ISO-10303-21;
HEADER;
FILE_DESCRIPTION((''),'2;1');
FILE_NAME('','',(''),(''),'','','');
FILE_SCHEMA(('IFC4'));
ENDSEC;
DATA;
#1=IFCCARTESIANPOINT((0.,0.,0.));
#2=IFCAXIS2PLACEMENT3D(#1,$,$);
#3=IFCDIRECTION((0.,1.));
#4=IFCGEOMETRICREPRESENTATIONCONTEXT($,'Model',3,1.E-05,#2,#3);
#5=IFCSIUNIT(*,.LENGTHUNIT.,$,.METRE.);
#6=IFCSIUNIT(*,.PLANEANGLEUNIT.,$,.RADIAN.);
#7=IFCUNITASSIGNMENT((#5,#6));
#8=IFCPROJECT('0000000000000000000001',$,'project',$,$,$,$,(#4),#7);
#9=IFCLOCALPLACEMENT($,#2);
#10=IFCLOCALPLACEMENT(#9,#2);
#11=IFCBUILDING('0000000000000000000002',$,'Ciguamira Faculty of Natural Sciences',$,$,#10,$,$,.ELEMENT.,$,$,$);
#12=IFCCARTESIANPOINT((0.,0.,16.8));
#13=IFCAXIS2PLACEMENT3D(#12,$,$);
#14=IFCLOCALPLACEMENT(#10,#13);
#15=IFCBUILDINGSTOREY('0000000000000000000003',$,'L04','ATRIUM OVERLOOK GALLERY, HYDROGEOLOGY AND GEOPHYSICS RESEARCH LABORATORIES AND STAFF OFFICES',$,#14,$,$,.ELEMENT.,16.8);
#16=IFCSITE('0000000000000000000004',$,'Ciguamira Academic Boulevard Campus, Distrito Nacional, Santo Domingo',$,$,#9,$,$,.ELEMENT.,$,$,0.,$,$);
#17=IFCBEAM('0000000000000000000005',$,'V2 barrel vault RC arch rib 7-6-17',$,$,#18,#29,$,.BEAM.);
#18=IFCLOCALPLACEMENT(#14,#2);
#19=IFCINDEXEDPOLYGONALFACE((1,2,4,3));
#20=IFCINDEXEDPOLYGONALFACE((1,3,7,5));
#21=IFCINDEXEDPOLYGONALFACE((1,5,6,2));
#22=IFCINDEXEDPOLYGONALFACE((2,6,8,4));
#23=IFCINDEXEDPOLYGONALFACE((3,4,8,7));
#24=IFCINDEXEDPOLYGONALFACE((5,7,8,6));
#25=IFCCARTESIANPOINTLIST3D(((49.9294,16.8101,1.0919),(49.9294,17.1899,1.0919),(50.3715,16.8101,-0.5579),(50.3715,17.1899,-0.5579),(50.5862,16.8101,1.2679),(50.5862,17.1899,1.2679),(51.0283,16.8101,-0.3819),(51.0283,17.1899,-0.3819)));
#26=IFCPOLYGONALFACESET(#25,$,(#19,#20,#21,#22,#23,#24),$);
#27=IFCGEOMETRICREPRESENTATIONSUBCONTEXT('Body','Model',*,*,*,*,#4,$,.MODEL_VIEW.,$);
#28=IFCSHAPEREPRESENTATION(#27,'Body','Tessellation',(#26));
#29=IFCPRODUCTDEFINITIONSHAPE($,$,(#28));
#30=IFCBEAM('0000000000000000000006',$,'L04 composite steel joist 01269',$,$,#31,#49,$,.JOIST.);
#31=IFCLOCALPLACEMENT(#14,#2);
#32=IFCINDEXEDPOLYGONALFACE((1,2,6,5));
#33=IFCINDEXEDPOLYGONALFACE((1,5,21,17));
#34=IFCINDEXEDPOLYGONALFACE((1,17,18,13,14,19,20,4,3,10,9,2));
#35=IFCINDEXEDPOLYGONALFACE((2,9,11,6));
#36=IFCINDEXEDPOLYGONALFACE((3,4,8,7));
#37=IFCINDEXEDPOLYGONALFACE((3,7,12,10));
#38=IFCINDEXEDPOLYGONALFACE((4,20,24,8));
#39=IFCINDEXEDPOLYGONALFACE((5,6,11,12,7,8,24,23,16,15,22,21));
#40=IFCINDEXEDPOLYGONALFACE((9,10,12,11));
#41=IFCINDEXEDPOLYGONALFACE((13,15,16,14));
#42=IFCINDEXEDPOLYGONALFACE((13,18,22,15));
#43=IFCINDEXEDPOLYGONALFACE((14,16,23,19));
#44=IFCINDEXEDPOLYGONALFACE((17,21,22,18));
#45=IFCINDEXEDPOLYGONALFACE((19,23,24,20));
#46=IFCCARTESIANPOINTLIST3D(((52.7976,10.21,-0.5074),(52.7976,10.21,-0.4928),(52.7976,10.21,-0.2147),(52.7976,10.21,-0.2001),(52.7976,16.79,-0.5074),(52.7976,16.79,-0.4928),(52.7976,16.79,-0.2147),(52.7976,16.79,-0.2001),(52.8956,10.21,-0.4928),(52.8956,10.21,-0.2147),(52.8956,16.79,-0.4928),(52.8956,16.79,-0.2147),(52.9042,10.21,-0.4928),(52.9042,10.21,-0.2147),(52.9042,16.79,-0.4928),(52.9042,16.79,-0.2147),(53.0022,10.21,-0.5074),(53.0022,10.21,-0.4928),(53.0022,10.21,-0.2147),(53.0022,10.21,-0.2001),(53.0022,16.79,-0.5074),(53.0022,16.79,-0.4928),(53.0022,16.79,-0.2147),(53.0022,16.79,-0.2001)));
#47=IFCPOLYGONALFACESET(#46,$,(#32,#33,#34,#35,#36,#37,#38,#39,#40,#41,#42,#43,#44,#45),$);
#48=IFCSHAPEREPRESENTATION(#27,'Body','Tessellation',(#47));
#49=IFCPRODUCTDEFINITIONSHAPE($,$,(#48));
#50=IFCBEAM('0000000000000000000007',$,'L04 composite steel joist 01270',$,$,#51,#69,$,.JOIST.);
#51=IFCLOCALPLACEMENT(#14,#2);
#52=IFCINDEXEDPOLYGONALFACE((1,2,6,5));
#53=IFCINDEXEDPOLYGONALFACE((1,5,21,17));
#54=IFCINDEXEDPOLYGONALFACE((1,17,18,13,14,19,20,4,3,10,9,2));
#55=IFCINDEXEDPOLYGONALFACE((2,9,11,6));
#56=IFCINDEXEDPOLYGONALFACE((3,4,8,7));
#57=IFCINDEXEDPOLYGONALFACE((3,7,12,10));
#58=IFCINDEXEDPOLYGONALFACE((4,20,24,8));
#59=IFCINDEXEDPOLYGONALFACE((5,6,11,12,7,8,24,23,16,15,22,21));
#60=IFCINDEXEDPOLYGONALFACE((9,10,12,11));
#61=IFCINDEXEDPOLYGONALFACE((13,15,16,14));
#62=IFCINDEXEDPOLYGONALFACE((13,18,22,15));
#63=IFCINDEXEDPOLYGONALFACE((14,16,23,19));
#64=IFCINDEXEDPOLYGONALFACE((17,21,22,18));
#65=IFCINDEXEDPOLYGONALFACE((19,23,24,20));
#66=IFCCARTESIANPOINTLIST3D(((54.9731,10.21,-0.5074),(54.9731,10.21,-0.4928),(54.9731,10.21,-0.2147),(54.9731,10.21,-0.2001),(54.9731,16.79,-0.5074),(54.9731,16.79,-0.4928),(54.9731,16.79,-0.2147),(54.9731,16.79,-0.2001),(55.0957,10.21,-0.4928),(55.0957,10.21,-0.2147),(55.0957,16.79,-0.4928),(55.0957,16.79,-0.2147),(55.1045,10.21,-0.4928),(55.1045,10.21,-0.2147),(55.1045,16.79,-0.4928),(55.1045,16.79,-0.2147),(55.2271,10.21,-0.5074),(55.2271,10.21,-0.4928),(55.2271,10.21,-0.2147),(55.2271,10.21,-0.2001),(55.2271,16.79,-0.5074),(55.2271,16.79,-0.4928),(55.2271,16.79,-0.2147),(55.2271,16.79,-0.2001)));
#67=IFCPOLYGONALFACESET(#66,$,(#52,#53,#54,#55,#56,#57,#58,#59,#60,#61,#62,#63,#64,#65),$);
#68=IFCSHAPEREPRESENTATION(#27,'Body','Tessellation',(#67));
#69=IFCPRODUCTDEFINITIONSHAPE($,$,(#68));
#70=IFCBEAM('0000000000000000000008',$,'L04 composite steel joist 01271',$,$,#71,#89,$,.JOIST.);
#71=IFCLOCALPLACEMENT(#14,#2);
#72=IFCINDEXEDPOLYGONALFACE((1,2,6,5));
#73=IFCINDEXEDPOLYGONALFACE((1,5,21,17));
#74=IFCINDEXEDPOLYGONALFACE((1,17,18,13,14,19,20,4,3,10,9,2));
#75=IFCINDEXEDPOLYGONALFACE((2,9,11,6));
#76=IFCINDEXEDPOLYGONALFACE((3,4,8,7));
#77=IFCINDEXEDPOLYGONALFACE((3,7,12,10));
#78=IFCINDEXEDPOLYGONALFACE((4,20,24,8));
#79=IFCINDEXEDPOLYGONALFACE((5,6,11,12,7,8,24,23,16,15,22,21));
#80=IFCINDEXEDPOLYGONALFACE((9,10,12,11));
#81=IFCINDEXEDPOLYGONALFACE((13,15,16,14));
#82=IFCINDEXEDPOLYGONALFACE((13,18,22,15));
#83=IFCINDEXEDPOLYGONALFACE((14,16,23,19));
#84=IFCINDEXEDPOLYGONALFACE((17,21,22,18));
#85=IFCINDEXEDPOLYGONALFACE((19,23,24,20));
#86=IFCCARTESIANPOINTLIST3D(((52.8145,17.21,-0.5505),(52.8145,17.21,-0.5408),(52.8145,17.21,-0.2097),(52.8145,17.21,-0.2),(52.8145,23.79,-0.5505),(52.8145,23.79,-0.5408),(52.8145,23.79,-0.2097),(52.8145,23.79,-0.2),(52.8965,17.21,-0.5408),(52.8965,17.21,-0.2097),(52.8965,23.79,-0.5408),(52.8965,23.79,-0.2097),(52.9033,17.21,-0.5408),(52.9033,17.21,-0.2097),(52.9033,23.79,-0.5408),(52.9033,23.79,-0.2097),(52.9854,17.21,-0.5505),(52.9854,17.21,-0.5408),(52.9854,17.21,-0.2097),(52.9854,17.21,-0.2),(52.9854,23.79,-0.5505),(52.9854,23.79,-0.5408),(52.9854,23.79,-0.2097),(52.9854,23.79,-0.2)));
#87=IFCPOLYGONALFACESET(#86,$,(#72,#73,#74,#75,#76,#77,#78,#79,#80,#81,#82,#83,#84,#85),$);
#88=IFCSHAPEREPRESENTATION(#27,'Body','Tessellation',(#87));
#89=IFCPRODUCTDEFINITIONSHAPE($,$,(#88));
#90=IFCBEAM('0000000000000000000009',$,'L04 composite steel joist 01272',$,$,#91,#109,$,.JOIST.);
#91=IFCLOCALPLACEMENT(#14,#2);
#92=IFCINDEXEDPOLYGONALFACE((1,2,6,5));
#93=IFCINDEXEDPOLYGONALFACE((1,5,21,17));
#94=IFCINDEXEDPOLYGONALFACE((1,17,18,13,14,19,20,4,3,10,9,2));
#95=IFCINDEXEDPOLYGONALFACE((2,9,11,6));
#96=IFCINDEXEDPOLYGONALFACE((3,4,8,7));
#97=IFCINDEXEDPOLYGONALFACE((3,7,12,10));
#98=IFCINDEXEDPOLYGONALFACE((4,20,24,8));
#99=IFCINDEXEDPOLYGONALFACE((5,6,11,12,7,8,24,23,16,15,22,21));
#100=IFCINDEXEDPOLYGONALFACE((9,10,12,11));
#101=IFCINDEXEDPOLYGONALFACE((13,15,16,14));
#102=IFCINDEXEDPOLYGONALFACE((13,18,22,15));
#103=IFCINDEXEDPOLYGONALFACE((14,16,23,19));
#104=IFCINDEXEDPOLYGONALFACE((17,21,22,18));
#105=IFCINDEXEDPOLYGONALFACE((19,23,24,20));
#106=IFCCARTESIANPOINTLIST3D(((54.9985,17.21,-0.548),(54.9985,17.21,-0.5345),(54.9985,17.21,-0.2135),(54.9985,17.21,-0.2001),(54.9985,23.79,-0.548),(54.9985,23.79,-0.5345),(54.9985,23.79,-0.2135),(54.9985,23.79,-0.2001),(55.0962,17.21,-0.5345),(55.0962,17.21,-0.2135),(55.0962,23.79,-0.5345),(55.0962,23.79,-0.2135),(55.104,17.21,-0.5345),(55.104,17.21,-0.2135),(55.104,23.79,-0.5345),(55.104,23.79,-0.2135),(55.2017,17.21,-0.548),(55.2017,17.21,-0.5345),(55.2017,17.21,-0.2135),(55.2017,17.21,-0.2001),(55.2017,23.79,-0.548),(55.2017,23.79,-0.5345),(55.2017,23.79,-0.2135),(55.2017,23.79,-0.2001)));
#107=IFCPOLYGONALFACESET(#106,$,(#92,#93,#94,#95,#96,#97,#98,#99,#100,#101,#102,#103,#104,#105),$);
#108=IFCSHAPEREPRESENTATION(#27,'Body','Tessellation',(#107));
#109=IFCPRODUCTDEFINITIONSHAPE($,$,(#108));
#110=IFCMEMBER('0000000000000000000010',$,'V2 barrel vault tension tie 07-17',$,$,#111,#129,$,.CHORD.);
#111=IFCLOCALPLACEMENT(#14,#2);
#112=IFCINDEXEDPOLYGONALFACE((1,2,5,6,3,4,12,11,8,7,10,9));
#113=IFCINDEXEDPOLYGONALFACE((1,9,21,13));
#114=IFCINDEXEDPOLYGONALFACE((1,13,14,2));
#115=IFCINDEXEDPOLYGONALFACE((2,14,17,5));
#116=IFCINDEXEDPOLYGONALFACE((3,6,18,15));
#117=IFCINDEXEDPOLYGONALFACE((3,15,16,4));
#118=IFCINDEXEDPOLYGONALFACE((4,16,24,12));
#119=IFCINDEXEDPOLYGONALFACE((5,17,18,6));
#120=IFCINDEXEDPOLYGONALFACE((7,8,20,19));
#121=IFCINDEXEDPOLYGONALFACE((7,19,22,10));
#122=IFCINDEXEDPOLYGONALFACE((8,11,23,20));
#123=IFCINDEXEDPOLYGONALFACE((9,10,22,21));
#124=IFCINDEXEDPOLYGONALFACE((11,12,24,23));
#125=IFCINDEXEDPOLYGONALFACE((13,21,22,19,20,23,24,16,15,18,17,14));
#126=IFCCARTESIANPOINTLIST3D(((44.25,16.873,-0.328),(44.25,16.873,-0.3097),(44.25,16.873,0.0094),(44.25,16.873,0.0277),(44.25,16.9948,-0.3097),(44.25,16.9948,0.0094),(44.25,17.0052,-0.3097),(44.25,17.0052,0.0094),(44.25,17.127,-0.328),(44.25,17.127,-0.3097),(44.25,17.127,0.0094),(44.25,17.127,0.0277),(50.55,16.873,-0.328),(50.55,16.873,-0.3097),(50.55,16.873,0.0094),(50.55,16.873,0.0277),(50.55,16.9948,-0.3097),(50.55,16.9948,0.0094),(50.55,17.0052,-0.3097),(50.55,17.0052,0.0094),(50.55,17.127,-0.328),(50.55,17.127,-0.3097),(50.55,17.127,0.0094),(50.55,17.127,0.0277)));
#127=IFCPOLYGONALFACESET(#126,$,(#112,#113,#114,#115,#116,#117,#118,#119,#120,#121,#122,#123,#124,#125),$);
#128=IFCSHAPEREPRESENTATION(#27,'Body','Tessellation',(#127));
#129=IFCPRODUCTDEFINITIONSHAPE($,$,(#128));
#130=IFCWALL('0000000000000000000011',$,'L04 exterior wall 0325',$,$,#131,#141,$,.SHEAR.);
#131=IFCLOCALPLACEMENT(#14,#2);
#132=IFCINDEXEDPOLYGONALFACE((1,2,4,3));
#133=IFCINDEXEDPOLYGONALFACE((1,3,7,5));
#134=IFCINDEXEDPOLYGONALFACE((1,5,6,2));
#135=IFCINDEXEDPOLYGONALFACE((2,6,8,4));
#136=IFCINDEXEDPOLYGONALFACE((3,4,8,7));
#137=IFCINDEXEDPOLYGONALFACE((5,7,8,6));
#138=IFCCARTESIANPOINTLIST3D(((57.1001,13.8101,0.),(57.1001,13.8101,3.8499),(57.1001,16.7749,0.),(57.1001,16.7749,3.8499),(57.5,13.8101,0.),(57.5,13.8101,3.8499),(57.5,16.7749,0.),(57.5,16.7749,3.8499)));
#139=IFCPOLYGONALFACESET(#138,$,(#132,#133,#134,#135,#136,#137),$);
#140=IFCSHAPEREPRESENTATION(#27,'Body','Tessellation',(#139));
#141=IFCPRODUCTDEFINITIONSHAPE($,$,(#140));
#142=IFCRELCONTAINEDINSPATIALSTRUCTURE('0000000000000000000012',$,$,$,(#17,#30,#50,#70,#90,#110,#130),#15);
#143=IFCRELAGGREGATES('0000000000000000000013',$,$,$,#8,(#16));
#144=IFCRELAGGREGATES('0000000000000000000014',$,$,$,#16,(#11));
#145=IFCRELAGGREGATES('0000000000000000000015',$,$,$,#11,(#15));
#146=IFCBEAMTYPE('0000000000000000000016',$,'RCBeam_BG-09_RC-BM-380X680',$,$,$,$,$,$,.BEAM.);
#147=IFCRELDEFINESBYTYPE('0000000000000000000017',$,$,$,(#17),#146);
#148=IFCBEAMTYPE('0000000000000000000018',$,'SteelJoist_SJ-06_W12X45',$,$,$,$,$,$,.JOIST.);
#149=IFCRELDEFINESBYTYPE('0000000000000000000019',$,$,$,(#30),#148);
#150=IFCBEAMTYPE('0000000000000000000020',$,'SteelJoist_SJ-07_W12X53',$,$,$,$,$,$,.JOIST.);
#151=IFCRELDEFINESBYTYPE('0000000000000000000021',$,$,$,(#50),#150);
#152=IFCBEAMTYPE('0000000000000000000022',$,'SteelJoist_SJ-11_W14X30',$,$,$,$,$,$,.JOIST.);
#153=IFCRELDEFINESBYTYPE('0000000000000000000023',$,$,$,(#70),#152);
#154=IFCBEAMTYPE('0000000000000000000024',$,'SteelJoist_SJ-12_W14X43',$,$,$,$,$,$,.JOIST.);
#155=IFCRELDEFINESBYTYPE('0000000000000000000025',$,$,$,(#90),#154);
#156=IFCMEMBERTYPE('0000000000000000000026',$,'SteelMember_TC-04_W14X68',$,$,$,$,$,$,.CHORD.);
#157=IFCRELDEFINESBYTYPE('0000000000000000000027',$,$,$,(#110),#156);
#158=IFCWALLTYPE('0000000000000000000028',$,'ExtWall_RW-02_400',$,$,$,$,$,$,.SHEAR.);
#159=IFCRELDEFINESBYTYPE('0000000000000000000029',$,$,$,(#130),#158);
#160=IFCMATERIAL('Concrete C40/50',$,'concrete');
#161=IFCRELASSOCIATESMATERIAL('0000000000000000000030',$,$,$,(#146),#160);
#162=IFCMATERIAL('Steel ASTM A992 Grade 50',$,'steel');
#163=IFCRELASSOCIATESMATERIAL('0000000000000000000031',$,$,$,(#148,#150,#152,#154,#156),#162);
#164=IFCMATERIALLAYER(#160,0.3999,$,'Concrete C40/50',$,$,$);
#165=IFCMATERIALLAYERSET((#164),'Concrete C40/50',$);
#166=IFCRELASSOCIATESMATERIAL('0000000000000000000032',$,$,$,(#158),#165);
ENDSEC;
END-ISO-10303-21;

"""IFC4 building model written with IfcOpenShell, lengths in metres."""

from ifc_helpers import new_model, si_unit, direction, frame, frame_2d, origin, origin_2d, place, context, subcontext, project, spatial, rectangle, i_section, extrude, material, layer, layer_set, material_profile, profile_set, type_object, element, save


model = new_model("IFC4")

# Units and contexts
model_context = context("Model", 3, precision=1e-05, world=origin(), true_north=direction((0.0, 1.0)))
body_context = subcontext(model_context, "Body", "Model", "MODEL_VIEW")
ifc_project = project(units=[si_unit("LENGTHUNIT", "METRE"), si_unit("PLANEANGLEUNIT", "RADIAN")], contexts=[model_context])

# Site, building, storey
site_placement = place(None, origin())
site = spatial("IfcSite", under=ifc_project, at=site_placement, Name="Ciguamira Academic Boulevard Campus, Distrito Nacional, Santo Domingo", CompositionType="ELEMENT", RefElevation=0.0)
building_placement = place(site_placement, origin())
building = spatial("IfcBuilding", under=site, at=building_placement, Name="Ciguamira Faculty of Natural Sciences", CompositionType="ELEMENT")
storey_placement = place(building_placement, frame((0.0, 0.0, 16.8)))
storey = spatial("IfcBuildingStorey", under=building, at=storey_placement, Name="L04", Description="ATRIUM OVERLOOK GALLERY, HYDROGEOLOGY AND GEOPHYSICS RESEARCH LABORATORIES AND STAFF OFFICES", CompositionType="ELEMENT", Elevation=16.8)

# Shared definitions
ifc_material_1 = material(Name="Concrete C40/50", Category="concrete")

# Beams
ifc_material_profile_1 = material_profile(ifc_material_1, rectangle(XDim=0.3799, YDim=0.6799, at=origin_2d()), Name="RC-BM-380X680")
ifc_profile_set_1 = profile_set([ifc_material_profile_1], Name="Concrete C40/50")
beam_type_1 = type_object("IfcBeamType", Name="RCBeam_BG-09_RC-BM-380X680", PredefinedType="BEAM", material=ifc_profile_set_1)
beam_1_placement = place(storey_placement, frame((50.2578, 17.0, 1.1799), z_axis=(0.258846, 0.0, -0.965919), x_axis=(0.0, 1.0, 0.0)))
element("IfcBeam", 1, at=beam_1_placement, inside=storey, type_object=beam_type_1, Name="V2 barrel vault RC arch rib 7-6-17", PredefinedType="BEAM", context=body_context, shape_type="SweptSolid", body=[
    extrude(rectangle(XDim=0.3799, YDim=0.6799, at=origin_2d()), origin(), (0.0, 0.0, 1.0), 1.708),
])
ifc_material_2 = material(Name="Steel ASTM A992 Grade 50", Category="steel")
ifc_material_profile_2 = material_profile(ifc_material_2, i_section(OverallWidth=0.2046, OverallDepth=0.3074, WebThickness=0.0085, FlangeThickness=0.0146, at=origin_2d()), Name="W12X45")
ifc_profile_set_2 = profile_set([ifc_material_profile_2], Name="Steel ASTM A992 Grade 50")
beam_type_2 = type_object("IfcBeamType", Name="SteelJoist_SJ-06_W12X45", PredefinedType="JOIST", material=ifc_profile_set_2)
beam_2_placement = place(storey_placement, frame((52.8999, 10.21, -0.3538), z_axis=(0.0, 1.0, 0.0), x_axis=(-1.0, 0.0, 0.0)))
element("IfcBeam", 2, at=beam_2_placement, inside=storey, type_object=beam_type_2, Name="L04 composite steel joist 01269", PredefinedType="JOIST", context=body_context, shape_type="SweptSolid", body=[
    extrude(i_section(OverallWidth=0.2046, OverallDepth=0.3074, WebThickness=0.0085, FlangeThickness=0.0146, at=origin_2d()), origin(), (0.0, 0.0, 1.0), 6.5801),
])
ifc_material_profile_3 = material_profile(ifc_material_2, i_section(OverallWidth=0.2539, OverallDepth=0.3074, WebThickness=0.0088, FlangeThickness=0.0146, at=origin_2d()), Name="W12X53")
ifc_profile_set_3 = profile_set([ifc_material_profile_3], Name="Steel ASTM A992 Grade 50")
beam_type_3 = type_object("IfcBeamType", Name="SteelJoist_SJ-07_W12X53", PredefinedType="JOIST", material=ifc_profile_set_3)
beam_3_placement = place(storey_placement, frame((55.1001, 10.21, -0.3538), z_axis=(0.0, 1.0, 0.0), x_axis=(-1.0, 0.0, 0.0)))
element("IfcBeam", 3, at=beam_3_placement, inside=storey, type_object=beam_type_3, Name="L04 composite steel joist 01270", PredefinedType="JOIST", context=body_context, shape_type="SweptSolid", body=[
    extrude(i_section(OverallWidth=0.2539, OverallDepth=0.3074, WebThickness=0.0088, FlangeThickness=0.0146, at=origin_2d()), origin(), (0.0, 0.0, 1.0), 6.5801),
])
ifc_material_profile_4 = material_profile(ifc_material_2, i_section(OverallWidth=0.1709, OverallDepth=0.3506, WebThickness=0.0068, FlangeThickness=0.0098, at=origin_2d()), Name="W14X30")
ifc_profile_set_4 = profile_set([ifc_material_profile_4], Name="Steel ASTM A992 Grade 50")
beam_type_4 = type_object("IfcBeamType", Name="SteelJoist_SJ-11_W14X30", PredefinedType="JOIST", material=ifc_profile_set_4)
beam_4_placement = place(storey_placement, frame((52.8999, 17.21, -0.3752), z_axis=(0.0, 1.0, 0.0), x_axis=(-1.0, 0.0, 0.0)))
element("IfcBeam", 4, at=beam_4_placement, inside=storey, type_object=beam_type_4, Name="L04 composite steel joist 01271", PredefinedType="JOIST", context=body_context, shape_type="SweptSolid", body=[
    extrude(i_section(OverallWidth=0.1709, OverallDepth=0.3506, WebThickness=0.0068, FlangeThickness=0.0098, at=origin_2d()), origin(), (0.0, 0.0, 1.0), 6.5801),
])
ifc_material_profile_5 = material_profile(ifc_material_2, i_section(OverallWidth=0.2031, OverallDepth=0.3479, WebThickness=0.0078, FlangeThickness=0.0134, at=origin_2d()), Name="W14X43")
ifc_profile_set_5 = profile_set([ifc_material_profile_5], Name="Steel ASTM A992 Grade 50")
beam_type_5 = type_object("IfcBeamType", Name="SteelJoist_SJ-12_W14X43", PredefinedType="JOIST", material=ifc_profile_set_5)
beam_5_placement = place(storey_placement, frame((55.1001, 17.21, -0.374), z_axis=(0.0, 1.0, 0.0), x_axis=(-1.0, 0.0, 0.0)))
element("IfcBeam", 5, at=beam_5_placement, inside=storey, type_object=beam_type_5, Name="L04 composite steel joist 01272", PredefinedType="JOIST", context=body_context, shape_type="SweptSolid", body=[
    extrude(i_section(OverallWidth=0.2031, OverallDepth=0.3479, WebThickness=0.0078, FlangeThickness=0.0134, at=origin_2d()), origin(), (0.0, 0.0, 1.0), 6.5801),
])

# Member
ifc_material_profile_6 = material_profile(ifc_material_2, i_section(OverallWidth=0.2539, OverallDepth=0.3557, WebThickness=0.0105, FlangeThickness=0.0183, at=origin_2d()), Name="W14X68")
ifc_profile_set_6 = profile_set([ifc_material_profile_6], Name="Steel ASTM A992 Grade 50")
member_type = type_object("IfcMemberType", Name="SteelMember_TC-04_W14X68", PredefinedType="CHORD", material=ifc_profile_set_6)
member_placement = place(storey_placement, frame((44.25, 17.0, -0.1501), z_axis=(1.0, 0.0, 0.0), x_axis=(0.0, 1.0, 0.0)))
element("IfcMember", 6, at=member_placement, inside=storey, type_object=member_type, Name="V2 barrel vault tension tie 07-17", PredefinedType="CHORD", context=body_context, shape_type="SweptSolid", body=[
    extrude(i_section(OverallWidth=0.2539, OverallDepth=0.3557, WebThickness=0.0105, FlangeThickness=0.0183, at=origin_2d()), origin(), (0.0, 0.0, 1.0), 6.3),
])

# Wall
ifc_layer_1 = layer(ifc_material_1, 0.3999, Name="Concrete C40/50")
ifc_layer_set_1 = layer_set([ifc_layer_1], Name="Concrete C40/50")
wall_type_1 = type_object("IfcWallType", Name="ExtWall_RW-02_400", PredefinedType="SHEAR", material=ifc_layer_set_1)
wall_1_placement = place(storey_placement, frame((57.3, 13.8101, 0.0), z_axis=(0.0, 0.0, 1.0), x_axis=(0.0, 1.0, 0.0)))
element("IfcWall", 7, at=wall_1_placement, inside=storey, type_object=wall_type_1, Name="L04 exterior wall 0325", PredefinedType="SHEAR", context=body_context, shape_type="SweptSolid", body=[
    extrude(rectangle(XDim=2.9648, YDim=0.3999, at=frame_2d((1.4824, 0.0))), origin(), (0.0, 0.0, 1.0), 3.8499),
])

save(model, "model.ifc")
